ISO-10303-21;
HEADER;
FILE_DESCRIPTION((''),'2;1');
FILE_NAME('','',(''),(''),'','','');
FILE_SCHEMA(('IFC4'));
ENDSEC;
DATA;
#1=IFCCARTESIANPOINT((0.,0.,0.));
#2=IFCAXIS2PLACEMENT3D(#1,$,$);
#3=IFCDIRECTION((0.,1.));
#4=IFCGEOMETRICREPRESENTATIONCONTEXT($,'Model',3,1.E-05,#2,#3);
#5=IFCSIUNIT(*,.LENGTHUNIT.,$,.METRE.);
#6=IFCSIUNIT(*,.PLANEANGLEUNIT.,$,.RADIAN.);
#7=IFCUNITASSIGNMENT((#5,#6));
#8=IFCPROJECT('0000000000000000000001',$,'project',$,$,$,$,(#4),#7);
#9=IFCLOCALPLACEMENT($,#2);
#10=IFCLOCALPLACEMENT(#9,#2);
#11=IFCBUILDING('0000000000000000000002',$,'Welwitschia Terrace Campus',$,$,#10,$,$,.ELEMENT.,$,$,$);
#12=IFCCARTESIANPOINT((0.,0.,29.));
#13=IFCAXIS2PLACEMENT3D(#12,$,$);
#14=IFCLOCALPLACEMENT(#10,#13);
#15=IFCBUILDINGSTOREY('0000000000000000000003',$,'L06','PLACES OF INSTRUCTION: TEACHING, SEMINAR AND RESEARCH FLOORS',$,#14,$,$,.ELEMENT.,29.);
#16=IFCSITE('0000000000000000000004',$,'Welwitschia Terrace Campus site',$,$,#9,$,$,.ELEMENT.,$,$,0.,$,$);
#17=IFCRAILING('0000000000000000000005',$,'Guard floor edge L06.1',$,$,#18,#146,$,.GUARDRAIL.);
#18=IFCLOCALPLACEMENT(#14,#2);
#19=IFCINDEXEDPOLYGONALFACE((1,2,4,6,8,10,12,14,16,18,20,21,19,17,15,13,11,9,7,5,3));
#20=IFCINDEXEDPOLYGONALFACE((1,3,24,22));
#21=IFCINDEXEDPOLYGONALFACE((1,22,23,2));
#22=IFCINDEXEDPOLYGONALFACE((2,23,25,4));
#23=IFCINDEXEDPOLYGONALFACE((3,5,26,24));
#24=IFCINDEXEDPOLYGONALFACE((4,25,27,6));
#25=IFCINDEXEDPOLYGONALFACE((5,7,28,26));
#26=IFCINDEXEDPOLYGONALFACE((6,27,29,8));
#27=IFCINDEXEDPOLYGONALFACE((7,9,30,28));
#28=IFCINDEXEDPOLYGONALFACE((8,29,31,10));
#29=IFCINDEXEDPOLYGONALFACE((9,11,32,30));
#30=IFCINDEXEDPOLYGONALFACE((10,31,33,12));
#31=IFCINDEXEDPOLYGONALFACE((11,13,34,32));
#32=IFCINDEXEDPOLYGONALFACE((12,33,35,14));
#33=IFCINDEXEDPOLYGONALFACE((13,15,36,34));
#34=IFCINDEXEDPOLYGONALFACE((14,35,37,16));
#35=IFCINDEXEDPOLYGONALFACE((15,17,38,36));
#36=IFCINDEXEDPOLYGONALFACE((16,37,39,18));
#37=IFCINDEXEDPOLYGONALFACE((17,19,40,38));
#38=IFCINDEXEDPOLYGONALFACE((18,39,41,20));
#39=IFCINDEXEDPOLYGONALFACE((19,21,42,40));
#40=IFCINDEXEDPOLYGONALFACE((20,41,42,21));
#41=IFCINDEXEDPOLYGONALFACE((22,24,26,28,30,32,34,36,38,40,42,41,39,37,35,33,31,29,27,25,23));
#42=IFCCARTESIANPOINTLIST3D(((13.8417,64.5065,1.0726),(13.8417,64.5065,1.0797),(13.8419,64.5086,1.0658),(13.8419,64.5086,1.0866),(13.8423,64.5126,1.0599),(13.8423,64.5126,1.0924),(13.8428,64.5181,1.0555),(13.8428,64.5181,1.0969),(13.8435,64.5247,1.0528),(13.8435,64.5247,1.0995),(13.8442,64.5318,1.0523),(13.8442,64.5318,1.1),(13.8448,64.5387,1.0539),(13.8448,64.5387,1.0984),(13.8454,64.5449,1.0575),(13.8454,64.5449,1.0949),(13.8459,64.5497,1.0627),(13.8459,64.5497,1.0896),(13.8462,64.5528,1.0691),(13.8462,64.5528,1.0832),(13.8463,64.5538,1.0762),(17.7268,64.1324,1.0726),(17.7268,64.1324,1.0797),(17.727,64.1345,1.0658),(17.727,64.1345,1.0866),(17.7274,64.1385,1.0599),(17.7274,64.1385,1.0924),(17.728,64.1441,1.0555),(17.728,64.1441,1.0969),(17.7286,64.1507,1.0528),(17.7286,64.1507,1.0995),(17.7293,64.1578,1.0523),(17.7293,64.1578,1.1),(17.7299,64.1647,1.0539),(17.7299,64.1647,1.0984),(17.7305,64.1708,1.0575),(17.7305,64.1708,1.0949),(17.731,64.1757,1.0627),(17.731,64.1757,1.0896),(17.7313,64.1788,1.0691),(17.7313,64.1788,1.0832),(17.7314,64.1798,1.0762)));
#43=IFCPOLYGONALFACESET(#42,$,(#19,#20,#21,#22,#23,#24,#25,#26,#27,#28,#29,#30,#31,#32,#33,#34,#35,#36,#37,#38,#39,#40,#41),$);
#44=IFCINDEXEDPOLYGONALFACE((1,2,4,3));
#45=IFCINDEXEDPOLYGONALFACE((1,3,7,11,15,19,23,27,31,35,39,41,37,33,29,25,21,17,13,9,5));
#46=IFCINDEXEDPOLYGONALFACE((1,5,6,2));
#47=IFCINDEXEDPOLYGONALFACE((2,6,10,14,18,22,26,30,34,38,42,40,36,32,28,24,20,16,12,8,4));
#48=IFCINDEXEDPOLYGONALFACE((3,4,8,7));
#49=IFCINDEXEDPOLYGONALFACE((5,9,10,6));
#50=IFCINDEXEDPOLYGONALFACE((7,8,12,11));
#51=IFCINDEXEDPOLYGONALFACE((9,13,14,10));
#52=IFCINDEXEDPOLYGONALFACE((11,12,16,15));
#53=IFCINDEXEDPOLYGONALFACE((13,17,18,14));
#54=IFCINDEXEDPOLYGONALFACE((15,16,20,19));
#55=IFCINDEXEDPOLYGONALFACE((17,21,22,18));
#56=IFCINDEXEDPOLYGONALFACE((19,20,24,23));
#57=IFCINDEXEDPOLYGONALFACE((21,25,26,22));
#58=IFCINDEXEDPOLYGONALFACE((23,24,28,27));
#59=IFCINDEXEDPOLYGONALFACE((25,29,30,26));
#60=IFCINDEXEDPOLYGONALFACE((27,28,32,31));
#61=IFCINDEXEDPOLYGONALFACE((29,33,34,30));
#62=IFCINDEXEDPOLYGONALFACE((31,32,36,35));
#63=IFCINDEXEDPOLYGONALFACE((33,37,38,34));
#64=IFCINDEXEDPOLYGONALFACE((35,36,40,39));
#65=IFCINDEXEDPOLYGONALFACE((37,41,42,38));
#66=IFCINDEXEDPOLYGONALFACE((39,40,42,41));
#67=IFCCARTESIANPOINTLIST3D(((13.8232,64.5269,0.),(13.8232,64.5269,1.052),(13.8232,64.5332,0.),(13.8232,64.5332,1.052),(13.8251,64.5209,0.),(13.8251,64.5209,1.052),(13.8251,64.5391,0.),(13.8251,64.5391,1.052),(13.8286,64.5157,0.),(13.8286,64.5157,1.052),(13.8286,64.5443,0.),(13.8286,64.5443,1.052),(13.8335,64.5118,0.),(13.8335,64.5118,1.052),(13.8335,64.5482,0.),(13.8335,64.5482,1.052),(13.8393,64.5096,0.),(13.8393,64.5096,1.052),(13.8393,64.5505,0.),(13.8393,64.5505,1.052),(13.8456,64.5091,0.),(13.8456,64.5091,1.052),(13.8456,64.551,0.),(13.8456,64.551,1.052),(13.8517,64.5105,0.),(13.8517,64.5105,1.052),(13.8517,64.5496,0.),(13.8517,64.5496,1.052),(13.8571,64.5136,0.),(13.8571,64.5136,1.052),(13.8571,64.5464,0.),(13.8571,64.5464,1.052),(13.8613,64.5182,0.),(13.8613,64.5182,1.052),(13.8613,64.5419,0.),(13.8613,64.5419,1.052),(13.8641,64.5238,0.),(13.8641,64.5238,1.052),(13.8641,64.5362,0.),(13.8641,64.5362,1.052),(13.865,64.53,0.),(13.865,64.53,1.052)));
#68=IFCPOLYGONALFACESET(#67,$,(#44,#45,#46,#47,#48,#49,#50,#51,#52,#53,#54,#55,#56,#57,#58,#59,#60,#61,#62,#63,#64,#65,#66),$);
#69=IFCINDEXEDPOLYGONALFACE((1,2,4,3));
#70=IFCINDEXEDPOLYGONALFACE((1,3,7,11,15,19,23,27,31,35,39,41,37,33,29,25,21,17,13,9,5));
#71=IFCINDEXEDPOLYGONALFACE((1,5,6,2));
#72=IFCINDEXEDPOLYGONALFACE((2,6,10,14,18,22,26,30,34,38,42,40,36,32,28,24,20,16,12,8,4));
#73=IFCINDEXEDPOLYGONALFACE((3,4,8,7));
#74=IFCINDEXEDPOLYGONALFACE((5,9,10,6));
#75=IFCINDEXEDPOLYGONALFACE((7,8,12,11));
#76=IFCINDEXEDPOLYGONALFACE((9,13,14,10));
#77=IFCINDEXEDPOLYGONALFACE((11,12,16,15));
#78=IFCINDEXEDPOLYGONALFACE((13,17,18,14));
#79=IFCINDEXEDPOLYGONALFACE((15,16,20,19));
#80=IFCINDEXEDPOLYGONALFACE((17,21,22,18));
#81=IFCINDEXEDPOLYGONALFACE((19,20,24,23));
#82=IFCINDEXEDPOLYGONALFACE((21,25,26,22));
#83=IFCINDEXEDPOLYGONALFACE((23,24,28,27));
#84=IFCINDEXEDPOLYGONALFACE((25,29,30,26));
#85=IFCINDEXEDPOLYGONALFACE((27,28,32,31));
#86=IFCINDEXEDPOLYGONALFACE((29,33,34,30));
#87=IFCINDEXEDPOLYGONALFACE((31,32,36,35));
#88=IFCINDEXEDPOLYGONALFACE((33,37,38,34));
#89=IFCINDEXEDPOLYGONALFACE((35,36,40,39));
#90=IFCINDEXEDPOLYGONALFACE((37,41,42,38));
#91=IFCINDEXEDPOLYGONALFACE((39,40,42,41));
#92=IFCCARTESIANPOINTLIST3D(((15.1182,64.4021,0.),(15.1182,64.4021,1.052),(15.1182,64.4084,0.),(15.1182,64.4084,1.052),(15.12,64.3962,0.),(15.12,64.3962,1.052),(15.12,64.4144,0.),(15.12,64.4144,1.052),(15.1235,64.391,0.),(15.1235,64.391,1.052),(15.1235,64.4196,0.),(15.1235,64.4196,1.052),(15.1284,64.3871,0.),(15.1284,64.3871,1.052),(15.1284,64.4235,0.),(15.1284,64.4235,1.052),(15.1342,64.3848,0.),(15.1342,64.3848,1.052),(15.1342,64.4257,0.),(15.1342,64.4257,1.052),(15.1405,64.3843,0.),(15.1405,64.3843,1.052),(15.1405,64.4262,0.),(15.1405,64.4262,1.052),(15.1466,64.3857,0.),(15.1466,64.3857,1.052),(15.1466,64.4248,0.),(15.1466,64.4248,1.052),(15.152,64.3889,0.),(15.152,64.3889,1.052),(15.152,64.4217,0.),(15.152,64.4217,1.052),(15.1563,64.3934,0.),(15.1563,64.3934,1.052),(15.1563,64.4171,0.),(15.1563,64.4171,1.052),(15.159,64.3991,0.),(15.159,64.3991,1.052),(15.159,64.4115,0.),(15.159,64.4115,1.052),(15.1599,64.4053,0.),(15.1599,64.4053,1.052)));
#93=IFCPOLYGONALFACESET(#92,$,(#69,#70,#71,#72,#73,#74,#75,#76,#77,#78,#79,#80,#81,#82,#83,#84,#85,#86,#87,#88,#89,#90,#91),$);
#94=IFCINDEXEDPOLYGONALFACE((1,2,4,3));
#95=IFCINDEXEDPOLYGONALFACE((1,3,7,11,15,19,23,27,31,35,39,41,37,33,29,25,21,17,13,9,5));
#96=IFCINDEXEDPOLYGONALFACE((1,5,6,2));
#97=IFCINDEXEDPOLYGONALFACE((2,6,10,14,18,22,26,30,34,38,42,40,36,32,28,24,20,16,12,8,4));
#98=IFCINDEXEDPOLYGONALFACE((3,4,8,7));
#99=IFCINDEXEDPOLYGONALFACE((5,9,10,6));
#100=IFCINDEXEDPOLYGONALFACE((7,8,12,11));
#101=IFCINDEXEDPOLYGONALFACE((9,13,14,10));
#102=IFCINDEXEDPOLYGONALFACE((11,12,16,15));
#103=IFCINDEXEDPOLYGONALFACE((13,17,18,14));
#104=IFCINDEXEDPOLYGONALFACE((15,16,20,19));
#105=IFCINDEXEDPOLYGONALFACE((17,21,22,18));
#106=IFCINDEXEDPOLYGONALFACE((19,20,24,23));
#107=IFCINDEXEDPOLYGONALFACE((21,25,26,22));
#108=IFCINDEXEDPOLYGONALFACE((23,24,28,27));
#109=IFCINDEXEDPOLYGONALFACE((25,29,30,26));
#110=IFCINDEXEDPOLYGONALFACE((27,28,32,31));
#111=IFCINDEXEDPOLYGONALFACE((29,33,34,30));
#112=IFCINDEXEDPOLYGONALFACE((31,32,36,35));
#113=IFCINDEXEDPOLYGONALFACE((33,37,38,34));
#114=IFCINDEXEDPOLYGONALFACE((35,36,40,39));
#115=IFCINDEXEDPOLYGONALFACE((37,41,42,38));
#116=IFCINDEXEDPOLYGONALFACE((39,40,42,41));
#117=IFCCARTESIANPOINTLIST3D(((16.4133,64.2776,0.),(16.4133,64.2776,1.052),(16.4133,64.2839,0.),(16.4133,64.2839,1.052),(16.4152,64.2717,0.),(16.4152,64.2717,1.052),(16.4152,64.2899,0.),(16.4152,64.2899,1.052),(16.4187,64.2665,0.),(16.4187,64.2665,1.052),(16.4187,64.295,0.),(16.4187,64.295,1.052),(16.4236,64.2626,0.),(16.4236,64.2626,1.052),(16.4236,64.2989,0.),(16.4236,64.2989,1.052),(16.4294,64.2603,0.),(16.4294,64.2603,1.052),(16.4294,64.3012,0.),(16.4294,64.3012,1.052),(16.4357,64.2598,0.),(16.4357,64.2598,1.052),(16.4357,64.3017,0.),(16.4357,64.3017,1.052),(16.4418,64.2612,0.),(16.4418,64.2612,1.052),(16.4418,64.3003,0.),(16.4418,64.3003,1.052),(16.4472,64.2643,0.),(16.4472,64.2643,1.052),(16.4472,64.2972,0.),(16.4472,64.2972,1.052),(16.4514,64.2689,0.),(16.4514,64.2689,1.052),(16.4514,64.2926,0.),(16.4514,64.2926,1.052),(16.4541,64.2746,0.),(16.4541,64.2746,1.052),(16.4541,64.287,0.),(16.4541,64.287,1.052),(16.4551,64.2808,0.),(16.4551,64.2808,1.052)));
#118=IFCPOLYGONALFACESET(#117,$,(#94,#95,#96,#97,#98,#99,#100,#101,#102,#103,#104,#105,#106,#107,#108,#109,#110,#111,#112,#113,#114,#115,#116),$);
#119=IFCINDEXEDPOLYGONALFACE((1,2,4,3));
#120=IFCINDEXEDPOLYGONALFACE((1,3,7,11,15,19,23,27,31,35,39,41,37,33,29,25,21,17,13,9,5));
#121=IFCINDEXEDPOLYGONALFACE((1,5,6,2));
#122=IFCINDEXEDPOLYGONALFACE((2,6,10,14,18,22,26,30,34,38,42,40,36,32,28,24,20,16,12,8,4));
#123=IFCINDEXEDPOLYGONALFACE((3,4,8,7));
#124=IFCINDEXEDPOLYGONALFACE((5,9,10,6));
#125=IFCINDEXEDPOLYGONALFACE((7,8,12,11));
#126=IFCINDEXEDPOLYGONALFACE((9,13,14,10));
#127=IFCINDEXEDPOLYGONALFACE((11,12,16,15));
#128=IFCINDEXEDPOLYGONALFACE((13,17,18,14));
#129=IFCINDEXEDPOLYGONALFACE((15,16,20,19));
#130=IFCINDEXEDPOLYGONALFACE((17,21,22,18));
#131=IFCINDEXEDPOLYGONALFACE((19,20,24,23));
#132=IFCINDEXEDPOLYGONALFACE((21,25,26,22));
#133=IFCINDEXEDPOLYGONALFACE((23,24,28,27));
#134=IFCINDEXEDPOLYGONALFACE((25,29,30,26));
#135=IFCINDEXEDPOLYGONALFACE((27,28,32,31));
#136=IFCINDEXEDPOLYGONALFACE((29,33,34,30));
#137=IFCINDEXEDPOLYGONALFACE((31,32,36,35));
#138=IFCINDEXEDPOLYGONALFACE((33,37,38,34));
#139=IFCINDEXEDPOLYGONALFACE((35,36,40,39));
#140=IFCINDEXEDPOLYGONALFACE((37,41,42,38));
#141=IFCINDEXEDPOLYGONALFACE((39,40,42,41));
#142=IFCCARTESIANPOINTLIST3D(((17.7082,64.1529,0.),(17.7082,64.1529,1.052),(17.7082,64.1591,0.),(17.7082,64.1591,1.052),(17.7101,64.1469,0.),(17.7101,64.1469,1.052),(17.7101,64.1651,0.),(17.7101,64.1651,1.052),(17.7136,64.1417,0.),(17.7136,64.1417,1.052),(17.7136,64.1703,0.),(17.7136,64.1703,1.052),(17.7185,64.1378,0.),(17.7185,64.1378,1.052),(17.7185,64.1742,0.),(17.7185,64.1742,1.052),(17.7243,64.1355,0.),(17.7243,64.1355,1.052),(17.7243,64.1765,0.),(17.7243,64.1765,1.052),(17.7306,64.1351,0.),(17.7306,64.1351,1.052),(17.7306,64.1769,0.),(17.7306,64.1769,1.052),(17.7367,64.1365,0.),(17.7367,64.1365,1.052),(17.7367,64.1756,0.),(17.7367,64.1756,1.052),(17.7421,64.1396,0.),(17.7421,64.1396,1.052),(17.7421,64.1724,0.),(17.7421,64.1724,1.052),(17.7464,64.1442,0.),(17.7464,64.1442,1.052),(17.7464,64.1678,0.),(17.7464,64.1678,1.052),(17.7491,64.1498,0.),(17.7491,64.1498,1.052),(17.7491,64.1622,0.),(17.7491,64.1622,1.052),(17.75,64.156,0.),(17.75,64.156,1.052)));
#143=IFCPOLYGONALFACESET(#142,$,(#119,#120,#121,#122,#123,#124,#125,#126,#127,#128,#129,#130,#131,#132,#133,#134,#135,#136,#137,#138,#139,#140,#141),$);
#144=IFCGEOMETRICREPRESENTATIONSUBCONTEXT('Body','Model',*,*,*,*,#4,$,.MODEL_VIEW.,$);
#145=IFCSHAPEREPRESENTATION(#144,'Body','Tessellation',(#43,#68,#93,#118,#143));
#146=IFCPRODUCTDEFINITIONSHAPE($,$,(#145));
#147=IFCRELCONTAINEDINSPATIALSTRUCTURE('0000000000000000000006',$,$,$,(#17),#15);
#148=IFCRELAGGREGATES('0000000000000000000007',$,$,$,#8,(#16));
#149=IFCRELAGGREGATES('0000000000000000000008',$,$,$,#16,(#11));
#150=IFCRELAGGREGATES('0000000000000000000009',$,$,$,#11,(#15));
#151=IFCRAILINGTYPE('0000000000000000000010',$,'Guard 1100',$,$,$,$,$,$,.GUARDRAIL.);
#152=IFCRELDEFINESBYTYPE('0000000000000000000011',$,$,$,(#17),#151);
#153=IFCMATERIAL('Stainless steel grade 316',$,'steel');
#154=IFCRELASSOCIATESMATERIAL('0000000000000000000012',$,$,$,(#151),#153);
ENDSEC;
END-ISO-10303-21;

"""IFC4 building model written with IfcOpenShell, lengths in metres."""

from ifc_helpers import new_model, si_unit, direction, frame, origin, origin_2d, place, context, subcontext, project, spatial, circle, extrude, material, type_object, element, save


model = new_model("IFC4")

# Units and contexts
model_context = context("Model", 3, precision=1e-05, world=origin(), true_north=direction((0.0, 1.0)))
body_context = subcontext(model_context, "Body", "Model", "MODEL_VIEW")
ifc_project = project(units=[si_unit("LENGTHUNIT", "METRE"), si_unit("PLANEANGLEUNIT", "RADIAN")], contexts=[model_context])

# Site, building, storey
site_placement = place(None, origin())
site = spatial("IfcSite", under=ifc_project, at=site_placement, Name="Welwitschia Terrace Campus site", CompositionType="ELEMENT", RefElevation=0.0)
building_placement = place(site_placement, origin())
building = spatial("IfcBuilding", under=site, at=building_placement, Name="Welwitschia Terrace Campus", CompositionType="ELEMENT")
storey_placement = place(building_placement, frame((0.0, 0.0, 29.0)))
storey = spatial("IfcBuildingStorey", under=building, at=storey_placement, Name="L06", Description="PLACES OF INSTRUCTION: TEACHING, SEMINAR AND RESEARCH FLOORS", CompositionType="ELEMENT", Elevation=29.0)

# Railing
ifc_material_1 = material(Name="Stainless steel grade 316", Category="steel")
railing_type = type_object("IfcRailingType", Name="Guard 1100", PredefinedType="GUARDRAIL", material=ifc_material_1)
railing_1_placement = place(storey_placement, frame((13.844, 64.53, 0.0)))
element("IfcRailing", 1, at=railing_1_placement, inside=storey, type_object=railing_type, Name="Guard floor edge L06.1", PredefinedType="GUARDRAIL", context=body_context, shape_type="SweptSolid", body=[
    extrude(circle(Radius=0.0239, at=origin_2d()), frame((0.0, 0.0, 1.0762), z_axis=(0.995398, -0.09583, 0.0), x_axis=(0.09583, 0.995398, 0.0)), (0.0, 0.0, 1.0), 3.9031),
    extrude(circle(Radius=0.021, at=origin_2d()), origin(), (0.0, 0.0, 1.0), 1.052),
    extrude(circle(Radius=0.021, at=origin_2d()), frame((1.2949, -0.1248, 0.0)), (0.0, 0.0, 1.0), 1.052),
    extrude(circle(Radius=0.021, at=origin_2d()), frame((2.5901, -0.2493, 0.0)), (0.0, 0.0, 1.0), 1.052),
    extrude(circle(Radius=0.021, at=origin_2d()), frame((3.885, -0.374, 0.0)), (0.0, 0.0, 1.0), 1.052),
])

save(model, "model.ifc")
